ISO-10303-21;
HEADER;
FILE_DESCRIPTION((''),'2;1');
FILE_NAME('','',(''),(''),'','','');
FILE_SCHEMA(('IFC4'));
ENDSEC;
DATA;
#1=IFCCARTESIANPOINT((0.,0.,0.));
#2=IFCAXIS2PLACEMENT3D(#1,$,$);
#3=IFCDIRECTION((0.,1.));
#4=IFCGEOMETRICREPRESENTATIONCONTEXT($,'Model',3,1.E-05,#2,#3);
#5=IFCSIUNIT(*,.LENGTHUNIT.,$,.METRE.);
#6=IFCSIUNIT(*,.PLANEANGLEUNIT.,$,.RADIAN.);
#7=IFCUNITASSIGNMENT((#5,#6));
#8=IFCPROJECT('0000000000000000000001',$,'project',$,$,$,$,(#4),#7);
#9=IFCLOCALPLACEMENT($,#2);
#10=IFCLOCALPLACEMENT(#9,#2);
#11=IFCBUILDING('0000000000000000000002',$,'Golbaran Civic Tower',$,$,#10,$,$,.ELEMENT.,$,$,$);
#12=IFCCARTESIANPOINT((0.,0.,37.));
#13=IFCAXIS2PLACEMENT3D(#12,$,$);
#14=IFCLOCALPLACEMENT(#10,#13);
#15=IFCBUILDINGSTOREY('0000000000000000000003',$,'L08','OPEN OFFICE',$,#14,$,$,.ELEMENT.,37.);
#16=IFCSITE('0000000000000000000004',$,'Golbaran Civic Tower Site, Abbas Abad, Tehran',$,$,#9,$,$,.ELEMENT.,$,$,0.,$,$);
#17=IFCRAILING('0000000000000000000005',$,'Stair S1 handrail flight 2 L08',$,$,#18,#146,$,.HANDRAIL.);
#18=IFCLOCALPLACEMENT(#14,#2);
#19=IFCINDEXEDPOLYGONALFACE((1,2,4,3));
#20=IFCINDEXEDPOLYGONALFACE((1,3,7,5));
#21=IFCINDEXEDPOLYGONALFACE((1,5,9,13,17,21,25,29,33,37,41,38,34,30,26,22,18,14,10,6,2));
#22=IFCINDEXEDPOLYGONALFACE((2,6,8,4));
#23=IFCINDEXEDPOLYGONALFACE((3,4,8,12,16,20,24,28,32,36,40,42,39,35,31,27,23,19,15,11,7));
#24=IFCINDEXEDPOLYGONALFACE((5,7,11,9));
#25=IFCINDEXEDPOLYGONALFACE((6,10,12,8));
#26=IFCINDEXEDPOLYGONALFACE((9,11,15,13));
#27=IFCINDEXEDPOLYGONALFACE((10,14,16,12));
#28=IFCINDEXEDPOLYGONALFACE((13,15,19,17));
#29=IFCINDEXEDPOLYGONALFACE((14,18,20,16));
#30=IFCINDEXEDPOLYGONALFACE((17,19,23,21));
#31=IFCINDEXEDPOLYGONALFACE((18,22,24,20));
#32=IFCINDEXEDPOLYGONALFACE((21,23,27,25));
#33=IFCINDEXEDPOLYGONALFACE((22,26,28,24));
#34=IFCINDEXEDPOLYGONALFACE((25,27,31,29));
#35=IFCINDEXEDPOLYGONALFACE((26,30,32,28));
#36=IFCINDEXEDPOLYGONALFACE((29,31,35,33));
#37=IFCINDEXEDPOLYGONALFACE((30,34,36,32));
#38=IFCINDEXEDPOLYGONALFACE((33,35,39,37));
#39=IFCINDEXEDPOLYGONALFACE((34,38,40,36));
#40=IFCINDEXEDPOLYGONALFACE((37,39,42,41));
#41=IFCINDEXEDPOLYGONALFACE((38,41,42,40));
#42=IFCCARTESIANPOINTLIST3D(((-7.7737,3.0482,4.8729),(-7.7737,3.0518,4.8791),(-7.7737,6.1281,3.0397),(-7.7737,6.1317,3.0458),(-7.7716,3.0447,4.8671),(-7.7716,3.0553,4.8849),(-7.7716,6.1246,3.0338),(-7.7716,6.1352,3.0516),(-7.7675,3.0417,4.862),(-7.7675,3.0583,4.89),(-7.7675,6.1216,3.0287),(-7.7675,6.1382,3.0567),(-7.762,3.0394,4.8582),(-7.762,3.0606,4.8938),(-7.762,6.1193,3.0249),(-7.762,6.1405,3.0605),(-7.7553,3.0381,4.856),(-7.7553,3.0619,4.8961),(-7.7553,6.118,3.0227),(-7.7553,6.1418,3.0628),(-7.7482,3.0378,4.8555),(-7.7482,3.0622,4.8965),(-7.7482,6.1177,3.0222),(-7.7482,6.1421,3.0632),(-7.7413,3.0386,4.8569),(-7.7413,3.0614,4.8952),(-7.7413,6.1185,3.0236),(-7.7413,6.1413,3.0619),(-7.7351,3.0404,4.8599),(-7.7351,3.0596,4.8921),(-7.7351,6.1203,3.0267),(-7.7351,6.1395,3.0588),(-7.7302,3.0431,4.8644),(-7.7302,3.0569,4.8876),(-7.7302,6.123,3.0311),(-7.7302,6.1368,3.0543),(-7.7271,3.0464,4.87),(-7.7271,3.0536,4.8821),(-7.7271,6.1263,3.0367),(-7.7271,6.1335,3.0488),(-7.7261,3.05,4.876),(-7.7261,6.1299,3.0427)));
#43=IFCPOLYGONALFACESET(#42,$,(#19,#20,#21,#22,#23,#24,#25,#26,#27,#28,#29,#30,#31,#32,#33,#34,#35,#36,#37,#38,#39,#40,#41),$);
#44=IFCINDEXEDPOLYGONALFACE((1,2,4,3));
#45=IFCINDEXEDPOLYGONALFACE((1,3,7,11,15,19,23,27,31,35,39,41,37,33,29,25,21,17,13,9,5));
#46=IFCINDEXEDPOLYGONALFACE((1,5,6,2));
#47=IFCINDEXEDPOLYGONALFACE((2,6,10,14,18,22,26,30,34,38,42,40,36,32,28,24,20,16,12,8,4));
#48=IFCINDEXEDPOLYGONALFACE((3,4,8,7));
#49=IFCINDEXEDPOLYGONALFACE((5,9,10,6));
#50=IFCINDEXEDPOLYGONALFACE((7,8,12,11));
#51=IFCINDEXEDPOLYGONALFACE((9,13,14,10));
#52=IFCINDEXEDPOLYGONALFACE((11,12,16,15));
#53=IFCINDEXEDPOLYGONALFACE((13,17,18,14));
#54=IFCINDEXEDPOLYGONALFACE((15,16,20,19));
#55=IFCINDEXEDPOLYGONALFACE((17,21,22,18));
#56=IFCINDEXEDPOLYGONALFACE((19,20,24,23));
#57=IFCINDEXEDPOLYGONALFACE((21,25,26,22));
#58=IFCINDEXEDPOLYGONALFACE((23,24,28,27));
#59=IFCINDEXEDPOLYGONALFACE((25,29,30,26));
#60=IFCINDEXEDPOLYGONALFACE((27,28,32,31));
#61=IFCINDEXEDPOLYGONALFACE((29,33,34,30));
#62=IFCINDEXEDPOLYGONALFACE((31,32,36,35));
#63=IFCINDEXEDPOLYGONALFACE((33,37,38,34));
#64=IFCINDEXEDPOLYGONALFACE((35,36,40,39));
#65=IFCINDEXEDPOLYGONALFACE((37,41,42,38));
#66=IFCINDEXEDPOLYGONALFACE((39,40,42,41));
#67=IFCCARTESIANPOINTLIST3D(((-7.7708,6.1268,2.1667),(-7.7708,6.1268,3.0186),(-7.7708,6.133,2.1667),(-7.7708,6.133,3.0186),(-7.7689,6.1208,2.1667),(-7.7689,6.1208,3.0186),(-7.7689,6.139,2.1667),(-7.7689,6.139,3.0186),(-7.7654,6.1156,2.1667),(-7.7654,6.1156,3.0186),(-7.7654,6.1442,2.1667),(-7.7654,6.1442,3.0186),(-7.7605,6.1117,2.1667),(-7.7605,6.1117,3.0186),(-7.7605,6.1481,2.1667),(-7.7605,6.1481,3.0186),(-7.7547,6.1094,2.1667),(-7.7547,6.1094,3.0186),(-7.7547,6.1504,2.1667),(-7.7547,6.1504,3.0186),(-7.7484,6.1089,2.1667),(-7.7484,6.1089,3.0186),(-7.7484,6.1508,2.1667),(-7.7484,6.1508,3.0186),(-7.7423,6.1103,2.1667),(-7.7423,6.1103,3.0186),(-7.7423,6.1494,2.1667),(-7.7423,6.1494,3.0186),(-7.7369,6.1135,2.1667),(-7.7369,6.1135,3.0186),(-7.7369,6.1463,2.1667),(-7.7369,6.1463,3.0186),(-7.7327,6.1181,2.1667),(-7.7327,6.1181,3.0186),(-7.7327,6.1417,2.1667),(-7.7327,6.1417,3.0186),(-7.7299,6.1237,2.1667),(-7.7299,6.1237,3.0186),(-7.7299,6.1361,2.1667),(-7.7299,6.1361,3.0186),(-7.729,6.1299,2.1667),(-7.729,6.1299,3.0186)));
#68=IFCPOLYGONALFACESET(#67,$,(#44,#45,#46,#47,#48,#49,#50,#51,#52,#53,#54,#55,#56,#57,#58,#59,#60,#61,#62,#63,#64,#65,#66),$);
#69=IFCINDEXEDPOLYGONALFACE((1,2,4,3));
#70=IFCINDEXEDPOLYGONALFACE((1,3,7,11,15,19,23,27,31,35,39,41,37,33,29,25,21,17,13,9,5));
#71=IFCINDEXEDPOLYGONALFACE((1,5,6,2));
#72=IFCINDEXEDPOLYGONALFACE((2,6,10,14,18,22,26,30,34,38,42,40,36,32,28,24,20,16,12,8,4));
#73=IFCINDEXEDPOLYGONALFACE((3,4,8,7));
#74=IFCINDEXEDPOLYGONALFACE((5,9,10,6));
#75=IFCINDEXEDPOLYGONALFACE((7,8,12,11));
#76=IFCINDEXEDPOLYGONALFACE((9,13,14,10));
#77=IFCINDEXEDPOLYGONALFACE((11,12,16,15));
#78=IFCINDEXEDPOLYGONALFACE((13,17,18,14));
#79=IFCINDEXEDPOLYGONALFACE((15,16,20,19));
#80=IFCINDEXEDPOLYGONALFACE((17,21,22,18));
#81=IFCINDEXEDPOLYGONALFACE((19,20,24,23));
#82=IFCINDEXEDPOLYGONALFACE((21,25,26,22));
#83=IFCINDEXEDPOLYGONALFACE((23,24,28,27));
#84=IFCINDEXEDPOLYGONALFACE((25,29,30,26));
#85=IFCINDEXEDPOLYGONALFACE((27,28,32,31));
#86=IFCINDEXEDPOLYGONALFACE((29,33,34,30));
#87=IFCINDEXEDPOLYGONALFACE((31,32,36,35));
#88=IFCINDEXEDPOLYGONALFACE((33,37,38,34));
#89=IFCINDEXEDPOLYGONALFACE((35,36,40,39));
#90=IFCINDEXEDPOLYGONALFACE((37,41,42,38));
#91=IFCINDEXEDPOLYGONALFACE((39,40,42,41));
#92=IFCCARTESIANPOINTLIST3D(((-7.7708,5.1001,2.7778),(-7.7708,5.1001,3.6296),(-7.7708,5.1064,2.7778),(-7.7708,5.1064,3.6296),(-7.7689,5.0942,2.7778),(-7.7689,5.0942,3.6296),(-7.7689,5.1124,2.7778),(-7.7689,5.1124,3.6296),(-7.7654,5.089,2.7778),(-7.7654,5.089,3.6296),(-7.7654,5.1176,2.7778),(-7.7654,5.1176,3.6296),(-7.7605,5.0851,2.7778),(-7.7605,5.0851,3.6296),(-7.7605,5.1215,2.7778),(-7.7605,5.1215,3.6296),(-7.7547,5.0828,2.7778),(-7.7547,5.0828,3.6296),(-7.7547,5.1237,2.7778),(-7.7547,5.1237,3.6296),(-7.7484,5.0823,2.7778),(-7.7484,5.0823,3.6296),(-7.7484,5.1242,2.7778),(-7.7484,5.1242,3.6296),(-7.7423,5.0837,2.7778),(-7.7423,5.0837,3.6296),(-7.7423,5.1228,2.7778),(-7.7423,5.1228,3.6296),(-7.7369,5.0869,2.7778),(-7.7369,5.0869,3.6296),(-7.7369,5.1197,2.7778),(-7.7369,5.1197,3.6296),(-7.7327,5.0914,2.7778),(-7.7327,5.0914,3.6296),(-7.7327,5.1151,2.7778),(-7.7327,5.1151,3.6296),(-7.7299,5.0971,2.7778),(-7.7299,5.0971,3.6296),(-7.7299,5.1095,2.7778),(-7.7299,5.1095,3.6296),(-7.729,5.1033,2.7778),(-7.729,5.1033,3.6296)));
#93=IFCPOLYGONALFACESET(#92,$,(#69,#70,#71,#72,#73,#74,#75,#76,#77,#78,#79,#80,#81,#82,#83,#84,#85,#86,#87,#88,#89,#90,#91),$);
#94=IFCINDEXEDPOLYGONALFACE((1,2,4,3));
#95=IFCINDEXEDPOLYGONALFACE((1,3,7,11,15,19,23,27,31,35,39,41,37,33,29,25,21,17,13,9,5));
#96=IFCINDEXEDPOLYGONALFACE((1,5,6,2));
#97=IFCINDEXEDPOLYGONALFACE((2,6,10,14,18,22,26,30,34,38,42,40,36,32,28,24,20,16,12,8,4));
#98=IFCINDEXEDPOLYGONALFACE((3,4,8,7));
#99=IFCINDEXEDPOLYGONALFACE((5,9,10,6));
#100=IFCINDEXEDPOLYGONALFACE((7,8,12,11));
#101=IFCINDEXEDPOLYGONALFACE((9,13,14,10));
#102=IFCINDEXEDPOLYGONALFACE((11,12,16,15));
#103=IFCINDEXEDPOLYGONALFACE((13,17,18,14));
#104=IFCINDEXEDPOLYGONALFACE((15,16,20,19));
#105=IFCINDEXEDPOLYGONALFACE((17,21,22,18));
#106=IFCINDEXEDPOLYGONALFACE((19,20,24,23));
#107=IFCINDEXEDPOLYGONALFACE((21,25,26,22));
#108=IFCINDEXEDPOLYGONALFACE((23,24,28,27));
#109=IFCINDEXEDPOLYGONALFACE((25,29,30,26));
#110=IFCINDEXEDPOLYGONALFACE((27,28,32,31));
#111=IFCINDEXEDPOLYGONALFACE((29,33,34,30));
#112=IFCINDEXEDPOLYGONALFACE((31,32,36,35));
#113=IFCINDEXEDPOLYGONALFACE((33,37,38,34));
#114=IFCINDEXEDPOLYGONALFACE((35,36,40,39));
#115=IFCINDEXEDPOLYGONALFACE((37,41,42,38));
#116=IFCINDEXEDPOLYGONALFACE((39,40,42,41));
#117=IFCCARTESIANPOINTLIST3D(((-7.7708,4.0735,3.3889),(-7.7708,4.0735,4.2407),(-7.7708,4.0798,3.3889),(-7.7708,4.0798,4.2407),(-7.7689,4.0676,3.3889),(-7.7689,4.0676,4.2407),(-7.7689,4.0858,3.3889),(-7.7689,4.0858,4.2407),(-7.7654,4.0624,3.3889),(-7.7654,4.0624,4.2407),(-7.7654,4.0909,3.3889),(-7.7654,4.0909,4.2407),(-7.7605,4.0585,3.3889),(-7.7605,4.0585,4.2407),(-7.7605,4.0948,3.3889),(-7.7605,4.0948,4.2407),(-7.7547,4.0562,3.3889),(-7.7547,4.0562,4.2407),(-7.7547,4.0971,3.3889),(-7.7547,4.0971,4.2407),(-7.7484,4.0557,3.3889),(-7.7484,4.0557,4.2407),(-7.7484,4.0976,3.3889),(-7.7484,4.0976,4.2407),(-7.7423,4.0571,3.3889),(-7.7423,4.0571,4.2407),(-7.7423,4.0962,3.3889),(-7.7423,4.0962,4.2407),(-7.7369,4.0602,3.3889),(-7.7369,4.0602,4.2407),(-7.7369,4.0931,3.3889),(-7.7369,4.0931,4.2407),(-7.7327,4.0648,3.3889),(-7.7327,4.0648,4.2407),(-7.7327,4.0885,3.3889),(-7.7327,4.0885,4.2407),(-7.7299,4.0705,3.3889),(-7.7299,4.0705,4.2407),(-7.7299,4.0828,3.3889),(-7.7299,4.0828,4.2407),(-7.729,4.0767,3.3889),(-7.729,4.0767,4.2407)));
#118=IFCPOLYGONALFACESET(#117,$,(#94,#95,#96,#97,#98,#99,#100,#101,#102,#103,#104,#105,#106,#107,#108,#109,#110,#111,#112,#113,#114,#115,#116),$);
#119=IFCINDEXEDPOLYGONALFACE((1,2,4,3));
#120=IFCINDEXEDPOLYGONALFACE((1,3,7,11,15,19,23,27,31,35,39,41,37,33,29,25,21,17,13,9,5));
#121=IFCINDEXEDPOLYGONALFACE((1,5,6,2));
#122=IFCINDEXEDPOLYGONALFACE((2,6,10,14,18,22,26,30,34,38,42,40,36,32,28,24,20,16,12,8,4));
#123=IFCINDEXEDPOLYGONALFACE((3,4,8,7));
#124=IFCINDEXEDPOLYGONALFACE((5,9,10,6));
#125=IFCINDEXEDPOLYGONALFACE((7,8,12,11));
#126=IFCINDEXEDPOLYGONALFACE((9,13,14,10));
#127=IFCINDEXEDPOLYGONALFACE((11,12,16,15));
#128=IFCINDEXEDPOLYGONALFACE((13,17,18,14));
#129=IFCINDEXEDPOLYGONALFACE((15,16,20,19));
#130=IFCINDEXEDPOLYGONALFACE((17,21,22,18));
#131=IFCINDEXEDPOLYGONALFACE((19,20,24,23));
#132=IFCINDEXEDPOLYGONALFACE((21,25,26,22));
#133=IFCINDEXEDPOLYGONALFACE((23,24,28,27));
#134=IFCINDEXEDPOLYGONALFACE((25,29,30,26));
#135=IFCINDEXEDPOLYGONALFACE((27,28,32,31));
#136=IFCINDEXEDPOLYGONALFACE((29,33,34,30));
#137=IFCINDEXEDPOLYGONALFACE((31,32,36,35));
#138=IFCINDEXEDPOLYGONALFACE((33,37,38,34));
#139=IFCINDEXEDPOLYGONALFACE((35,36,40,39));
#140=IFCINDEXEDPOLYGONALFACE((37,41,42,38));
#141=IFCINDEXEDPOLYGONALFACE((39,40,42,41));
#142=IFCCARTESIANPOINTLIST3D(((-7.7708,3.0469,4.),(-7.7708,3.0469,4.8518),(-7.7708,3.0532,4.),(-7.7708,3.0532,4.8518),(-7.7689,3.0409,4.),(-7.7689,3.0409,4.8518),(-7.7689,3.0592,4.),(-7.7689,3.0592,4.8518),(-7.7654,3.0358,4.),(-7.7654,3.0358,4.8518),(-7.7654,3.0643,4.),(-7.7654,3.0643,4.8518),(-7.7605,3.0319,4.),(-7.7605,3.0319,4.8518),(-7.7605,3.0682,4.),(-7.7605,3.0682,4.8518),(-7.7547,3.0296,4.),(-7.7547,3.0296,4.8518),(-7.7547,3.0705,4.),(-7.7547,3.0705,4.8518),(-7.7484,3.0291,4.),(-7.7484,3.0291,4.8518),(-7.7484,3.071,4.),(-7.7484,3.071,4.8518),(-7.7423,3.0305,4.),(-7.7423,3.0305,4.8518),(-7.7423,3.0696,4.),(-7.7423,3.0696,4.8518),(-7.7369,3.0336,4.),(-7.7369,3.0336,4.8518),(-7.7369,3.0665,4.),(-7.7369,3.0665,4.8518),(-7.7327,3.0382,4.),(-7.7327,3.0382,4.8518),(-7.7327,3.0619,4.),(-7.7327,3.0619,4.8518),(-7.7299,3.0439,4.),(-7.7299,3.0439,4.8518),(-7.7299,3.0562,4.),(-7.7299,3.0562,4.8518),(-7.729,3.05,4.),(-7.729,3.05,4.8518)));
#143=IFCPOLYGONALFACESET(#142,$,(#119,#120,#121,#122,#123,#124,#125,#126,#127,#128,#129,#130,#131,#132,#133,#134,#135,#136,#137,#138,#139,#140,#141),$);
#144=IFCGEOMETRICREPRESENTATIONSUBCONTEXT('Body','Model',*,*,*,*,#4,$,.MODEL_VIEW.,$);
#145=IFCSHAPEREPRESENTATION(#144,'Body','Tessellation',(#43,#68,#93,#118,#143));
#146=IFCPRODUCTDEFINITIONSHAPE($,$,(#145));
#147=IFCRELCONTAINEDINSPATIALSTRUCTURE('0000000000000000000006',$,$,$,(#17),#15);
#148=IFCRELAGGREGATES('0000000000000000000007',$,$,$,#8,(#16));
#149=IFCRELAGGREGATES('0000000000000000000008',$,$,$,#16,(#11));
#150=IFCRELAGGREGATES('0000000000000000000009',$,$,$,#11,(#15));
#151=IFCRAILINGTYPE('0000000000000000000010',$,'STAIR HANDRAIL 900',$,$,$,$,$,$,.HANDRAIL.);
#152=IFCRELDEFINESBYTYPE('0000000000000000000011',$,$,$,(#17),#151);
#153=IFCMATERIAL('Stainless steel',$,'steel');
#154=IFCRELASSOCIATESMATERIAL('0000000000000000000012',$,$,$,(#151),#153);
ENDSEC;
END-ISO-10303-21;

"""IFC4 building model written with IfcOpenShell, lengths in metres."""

from ifc_helpers import new_model, si_unit, direction, frame, origin, origin_2d, place, context, subcontext, project, spatial, circle, extrude, material, type_object, element, save


model = new_model("IFC4")

# Units and contexts
model_context = context("Model", 3, precision=1e-05, world=origin(), true_north=direction((0.0, 1.0)))
body_context = subcontext(model_context, "Body", "Model", "MODEL_VIEW")
ifc_project = project(units=[si_unit("LENGTHUNIT", "METRE"), si_unit("PLANEANGLEUNIT", "RADIAN")], contexts=[model_context])

# Site, building, storey
site_placement = place(None, origin())
site = spatial("IfcSite", under=ifc_project, at=site_placement, Name="Golbaran Civic Tower Site, Abbas Abad, Tehran", CompositionType="ELEMENT", RefElevation=0.0)
building_placement = place(site_placement, origin())
building = spatial("IfcBuilding", under=site, at=building_placement, Name="Golbaran Civic Tower", CompositionType="ELEMENT")
storey_placement = place(building_placement, frame((0.0, 0.0, 37.0)))
storey = spatial("IfcBuildingStorey", under=building, at=storey_placement, Name="L08", Description="OPEN OFFICE", CompositionType="ELEMENT", Elevation=37.0)

# Shared definitions
ifc_material_1 = material(Name="Stainless steel", Category="steel")

# Railing
railing_type = type_object("IfcRailingType", Name="STAIR HANDRAIL 900", PredefinedType="HANDRAIL", material=ifc_material_1)
railing_1_placement = place(storey_placement, frame((-7.75, 6.1299, 2.1667)))
element("IfcRailing", 1, at=railing_1_placement, inside=storey, type_object=railing_type, Name="Stair S1 handrail flight 2 L08", PredefinedType="HANDRAIL", context=body_context, shape_type="SweptSolid", body=[
    extrude(circle(Radius=0.0239, at=origin_2d()), frame((0.0, 0.0, 0.876), z_axis=(0.0, -0.859291, 0.511487), x_axis=(1.0, 0.0, 0.0)), (0.0, 0.0, 1.0), 3.5842),
    extrude(circle(Radius=0.021, at=origin_2d()), origin(), (0.0, 0.0, 1.0), 0.8518),
    extrude(circle(Radius=0.021, at=origin_2d()), frame((0.0, -1.0266, 0.6111)), (0.0, 0.0, 1.0), 0.8518),
    extrude(circle(Radius=0.021, at=origin_2d()), frame((0.0, -2.0532, 1.2222)), (0.0, 0.0, 1.0), 0.8518),
    extrude(circle(Radius=0.021, at=origin_2d()), frame((0.0, -3.0798, 1.8333)), (0.0, 0.0, 1.0), 0.8518),
])

save(model, "model.ifc")
